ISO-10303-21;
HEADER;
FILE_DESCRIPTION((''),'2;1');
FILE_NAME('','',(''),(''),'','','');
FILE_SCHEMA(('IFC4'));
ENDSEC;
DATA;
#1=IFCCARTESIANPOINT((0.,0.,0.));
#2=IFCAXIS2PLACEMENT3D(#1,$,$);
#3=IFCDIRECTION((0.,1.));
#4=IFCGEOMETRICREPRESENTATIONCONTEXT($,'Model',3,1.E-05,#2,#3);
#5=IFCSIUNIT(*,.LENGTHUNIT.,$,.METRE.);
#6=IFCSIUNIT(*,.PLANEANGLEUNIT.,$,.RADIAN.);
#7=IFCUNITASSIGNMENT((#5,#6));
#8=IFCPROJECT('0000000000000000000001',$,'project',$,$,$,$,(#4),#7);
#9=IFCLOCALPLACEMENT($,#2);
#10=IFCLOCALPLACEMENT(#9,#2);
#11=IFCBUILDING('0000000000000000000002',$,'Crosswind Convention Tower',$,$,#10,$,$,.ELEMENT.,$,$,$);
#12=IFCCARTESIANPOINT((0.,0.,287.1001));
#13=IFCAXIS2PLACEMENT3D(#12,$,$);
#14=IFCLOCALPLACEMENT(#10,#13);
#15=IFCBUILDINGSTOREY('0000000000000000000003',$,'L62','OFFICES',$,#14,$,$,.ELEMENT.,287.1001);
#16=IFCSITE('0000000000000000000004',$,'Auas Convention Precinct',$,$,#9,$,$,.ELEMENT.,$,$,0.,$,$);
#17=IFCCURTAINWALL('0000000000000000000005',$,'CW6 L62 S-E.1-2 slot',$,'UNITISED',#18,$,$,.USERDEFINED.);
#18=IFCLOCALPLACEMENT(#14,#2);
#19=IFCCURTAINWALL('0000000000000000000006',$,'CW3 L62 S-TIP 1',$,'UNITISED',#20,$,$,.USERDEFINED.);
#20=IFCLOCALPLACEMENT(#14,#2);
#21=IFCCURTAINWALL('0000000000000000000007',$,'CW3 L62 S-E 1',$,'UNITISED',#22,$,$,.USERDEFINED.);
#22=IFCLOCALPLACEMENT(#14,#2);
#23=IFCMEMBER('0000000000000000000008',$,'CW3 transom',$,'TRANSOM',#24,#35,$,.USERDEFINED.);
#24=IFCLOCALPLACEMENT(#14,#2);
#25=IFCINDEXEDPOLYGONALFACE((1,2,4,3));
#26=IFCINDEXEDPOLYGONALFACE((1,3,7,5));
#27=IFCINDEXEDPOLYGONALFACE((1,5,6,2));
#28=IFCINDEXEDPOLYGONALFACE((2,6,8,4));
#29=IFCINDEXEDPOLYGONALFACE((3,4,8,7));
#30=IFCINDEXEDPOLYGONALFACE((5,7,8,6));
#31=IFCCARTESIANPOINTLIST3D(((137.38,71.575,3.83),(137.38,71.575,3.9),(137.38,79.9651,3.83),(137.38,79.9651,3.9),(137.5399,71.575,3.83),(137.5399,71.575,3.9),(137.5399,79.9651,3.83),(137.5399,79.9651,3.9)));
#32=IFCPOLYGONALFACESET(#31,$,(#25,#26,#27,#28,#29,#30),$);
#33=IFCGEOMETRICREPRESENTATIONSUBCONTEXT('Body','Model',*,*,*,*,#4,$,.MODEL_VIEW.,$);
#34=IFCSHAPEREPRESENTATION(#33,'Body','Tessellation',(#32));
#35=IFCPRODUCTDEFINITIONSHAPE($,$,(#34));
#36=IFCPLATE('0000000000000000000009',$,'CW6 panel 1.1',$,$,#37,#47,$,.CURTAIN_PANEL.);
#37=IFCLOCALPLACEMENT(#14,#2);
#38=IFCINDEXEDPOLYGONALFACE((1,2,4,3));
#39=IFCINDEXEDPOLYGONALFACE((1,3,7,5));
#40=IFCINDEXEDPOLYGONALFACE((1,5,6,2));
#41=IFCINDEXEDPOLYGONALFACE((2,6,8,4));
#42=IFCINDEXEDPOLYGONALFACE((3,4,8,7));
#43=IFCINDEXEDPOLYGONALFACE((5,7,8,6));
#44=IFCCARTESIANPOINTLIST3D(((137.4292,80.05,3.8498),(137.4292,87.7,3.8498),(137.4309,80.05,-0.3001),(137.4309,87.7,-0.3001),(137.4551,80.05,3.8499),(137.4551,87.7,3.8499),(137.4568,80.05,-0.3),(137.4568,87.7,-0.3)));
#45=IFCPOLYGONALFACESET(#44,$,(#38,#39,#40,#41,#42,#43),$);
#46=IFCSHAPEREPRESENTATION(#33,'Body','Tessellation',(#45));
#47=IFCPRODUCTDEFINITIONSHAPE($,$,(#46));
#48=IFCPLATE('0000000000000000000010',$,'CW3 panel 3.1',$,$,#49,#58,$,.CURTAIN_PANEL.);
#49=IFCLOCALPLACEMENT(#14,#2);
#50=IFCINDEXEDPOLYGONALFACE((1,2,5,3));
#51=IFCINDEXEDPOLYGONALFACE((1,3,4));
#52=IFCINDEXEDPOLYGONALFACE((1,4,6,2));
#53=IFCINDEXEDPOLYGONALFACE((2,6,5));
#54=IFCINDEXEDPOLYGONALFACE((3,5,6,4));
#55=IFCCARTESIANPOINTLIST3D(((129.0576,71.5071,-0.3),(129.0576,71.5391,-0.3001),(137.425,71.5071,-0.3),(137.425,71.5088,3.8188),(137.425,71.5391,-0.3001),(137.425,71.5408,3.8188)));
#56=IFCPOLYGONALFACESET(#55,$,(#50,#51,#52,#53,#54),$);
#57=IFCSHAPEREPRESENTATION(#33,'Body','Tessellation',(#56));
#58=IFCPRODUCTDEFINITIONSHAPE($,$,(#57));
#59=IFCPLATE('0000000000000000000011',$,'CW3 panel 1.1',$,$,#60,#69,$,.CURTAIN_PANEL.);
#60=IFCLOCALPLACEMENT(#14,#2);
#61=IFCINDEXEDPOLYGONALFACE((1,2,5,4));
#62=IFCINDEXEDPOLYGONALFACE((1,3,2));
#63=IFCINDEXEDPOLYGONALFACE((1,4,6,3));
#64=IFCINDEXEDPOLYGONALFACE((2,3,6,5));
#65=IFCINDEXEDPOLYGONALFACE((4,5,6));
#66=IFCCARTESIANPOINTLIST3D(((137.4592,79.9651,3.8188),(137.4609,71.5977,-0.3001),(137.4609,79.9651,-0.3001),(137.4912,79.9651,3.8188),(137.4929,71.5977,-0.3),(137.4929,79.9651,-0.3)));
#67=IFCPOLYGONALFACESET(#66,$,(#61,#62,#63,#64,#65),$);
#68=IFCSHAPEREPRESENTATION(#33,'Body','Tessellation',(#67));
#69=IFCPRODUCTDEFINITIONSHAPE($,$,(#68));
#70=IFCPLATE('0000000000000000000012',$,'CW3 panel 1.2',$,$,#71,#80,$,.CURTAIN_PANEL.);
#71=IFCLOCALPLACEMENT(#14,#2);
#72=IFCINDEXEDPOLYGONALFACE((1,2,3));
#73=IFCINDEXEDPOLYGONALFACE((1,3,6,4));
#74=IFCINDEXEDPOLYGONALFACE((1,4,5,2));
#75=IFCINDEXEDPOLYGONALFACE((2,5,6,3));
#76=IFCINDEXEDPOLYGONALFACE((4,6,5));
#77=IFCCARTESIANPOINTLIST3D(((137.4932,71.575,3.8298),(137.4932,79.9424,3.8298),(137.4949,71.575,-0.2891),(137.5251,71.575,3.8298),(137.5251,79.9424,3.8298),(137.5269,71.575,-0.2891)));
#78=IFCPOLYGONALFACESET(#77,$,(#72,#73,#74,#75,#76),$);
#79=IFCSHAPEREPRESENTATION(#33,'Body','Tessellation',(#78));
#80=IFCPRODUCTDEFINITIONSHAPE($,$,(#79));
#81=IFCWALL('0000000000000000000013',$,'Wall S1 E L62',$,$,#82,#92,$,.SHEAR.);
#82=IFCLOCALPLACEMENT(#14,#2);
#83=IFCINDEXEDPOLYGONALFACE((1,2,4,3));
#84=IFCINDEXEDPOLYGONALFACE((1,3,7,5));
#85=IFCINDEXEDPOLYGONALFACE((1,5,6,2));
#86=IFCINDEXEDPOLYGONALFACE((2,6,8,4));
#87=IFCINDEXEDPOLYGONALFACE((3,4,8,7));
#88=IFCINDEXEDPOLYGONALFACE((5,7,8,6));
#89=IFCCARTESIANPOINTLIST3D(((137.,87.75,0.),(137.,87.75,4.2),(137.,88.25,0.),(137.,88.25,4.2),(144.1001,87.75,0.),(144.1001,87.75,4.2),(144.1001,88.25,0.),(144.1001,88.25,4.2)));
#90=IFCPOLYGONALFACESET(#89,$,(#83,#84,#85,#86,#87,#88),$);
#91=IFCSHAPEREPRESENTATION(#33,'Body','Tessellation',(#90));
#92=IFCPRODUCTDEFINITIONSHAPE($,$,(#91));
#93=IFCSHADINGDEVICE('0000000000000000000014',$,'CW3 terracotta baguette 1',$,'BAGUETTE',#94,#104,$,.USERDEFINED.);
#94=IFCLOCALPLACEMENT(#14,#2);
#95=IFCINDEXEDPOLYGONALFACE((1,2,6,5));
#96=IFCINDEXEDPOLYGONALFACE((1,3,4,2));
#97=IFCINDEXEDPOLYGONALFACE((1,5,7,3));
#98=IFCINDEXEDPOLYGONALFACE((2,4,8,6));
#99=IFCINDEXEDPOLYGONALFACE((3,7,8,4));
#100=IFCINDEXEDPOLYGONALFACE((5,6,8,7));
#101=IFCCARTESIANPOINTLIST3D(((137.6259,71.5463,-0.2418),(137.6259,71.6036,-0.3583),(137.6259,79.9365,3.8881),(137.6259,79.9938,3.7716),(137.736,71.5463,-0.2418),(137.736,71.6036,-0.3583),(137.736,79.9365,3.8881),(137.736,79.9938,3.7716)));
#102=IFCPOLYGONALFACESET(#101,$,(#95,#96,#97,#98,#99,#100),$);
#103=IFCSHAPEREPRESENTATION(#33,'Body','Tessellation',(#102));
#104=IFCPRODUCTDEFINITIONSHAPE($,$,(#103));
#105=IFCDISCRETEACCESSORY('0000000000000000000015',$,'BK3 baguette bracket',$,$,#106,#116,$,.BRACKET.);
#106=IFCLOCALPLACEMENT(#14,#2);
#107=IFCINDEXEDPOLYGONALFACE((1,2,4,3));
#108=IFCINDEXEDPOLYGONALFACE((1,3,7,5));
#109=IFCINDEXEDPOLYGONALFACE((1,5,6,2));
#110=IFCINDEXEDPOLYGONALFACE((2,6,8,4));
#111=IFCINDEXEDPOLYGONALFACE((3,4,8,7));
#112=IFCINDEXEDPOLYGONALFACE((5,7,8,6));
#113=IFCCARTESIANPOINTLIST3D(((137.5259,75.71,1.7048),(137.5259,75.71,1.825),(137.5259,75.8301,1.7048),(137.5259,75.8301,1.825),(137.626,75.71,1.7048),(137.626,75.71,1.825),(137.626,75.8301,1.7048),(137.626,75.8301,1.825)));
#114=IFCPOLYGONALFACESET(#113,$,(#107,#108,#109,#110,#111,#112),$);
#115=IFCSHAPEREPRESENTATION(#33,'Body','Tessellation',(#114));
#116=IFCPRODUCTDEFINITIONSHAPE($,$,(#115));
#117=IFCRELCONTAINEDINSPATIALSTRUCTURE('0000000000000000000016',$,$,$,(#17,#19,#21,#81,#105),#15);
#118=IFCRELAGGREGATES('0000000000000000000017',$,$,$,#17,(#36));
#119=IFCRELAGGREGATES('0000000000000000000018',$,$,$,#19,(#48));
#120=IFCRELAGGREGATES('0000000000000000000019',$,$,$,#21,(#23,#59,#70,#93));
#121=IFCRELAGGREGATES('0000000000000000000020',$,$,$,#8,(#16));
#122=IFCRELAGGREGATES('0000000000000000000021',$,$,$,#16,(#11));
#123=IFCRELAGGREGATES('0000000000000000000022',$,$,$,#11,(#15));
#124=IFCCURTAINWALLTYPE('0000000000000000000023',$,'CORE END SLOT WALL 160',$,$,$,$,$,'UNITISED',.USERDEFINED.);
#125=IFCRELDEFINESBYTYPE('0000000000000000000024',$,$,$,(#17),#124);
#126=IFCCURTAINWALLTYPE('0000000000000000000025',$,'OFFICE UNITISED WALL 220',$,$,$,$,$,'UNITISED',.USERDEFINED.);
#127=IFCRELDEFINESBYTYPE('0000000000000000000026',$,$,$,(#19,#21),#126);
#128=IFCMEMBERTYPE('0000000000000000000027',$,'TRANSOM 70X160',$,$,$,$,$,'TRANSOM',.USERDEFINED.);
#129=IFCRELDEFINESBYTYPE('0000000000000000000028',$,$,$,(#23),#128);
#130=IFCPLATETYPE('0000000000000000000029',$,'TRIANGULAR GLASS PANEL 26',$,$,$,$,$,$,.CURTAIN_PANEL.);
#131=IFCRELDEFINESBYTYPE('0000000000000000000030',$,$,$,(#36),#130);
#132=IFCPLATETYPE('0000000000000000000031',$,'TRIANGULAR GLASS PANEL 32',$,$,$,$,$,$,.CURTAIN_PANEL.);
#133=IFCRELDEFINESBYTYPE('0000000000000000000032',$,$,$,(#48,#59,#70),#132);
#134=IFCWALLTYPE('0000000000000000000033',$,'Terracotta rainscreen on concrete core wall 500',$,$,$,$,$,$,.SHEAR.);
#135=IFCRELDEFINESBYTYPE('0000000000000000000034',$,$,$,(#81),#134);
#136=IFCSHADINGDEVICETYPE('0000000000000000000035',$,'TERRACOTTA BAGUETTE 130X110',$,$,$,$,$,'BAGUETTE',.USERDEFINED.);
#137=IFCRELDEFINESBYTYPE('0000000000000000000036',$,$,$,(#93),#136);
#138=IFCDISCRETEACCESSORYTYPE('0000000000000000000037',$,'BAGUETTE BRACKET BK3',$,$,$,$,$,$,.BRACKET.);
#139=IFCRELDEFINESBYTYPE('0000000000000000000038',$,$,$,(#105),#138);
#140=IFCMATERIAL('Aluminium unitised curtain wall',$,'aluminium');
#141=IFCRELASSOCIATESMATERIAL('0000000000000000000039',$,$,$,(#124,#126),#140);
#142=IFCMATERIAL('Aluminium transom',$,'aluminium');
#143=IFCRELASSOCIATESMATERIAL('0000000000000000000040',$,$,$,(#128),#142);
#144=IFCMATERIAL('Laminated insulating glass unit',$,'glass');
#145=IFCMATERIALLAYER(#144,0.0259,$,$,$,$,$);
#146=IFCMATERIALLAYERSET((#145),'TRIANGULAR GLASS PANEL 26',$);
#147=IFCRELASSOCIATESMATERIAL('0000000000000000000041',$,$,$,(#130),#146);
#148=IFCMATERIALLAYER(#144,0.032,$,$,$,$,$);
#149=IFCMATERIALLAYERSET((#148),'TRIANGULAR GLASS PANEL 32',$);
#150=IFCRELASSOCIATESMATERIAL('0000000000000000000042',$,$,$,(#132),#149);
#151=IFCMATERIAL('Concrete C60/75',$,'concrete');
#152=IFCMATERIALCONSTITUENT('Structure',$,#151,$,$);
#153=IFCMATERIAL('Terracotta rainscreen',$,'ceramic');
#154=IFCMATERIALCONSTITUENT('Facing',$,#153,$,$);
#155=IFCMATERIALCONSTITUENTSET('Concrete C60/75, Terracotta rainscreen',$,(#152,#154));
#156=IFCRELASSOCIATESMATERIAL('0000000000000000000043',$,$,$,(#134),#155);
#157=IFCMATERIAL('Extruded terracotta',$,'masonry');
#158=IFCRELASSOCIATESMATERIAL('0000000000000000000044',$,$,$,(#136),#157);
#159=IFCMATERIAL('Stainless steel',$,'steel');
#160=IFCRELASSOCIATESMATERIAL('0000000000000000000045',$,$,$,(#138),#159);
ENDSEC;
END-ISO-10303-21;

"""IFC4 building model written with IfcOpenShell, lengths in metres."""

from ifc_helpers import new_model, si_unit, direction, frame, frame_2d, origin, origin_2d, place, context, subcontext, project, spatial, polyline, rectangle, outline, extrude, material, layer, layer_set, constituent, constituent_set, material_profile, profile_set, type_object, element, aggregate, save


model = new_model("IFC4")

# Units and contexts
model_context = context("Model", 3, precision=1e-05, world=origin(), true_north=direction((0.0, 1.0)))
body_context = subcontext(model_context, "Body", "Model", "MODEL_VIEW")
ifc_project = project(units=[si_unit("LENGTHUNIT", "METRE"), si_unit("PLANEANGLEUNIT", "RADIAN")], contexts=[model_context])

# Site, building, storey
site_placement = place(None, origin())
site = spatial("IfcSite", under=ifc_project, at=site_placement, Name="Auas Convention Precinct", CompositionType="ELEMENT", RefElevation=0.0)
building_placement = place(site_placement, origin())
building = spatial("IfcBuilding", under=site, at=building_placement, Name="Crosswind Convention Tower", CompositionType="ELEMENT")
storey_placement = place(building_placement, frame((0.0, 0.0, 287.1001)))
storey = spatial("IfcBuildingStorey", under=building, at=storey_placement, Name="L62", Description="OFFICES", CompositionType="ELEMENT", Elevation=287.1001)

# Shared definitions
ifc_material_1 = material(Name="Concrete C60/75", Category="concrete")

# Curtain wall
ifc_material_2 = material(Name="Aluminium unitised curtain wall", Category="aluminium")
curtain_wall_type_1 = type_object("IfcCurtainWallType", Name="CORE END SLOT WALL 160", ElementType="UNITISED", PredefinedType="USERDEFINED", material=ifc_material_2)
curtain_wall_1_placement = place(storey_placement, origin())
curtain_wall_1 = element("IfcCurtainWall", 1, at=curtain_wall_1_placement, inside=storey, type_object=curtain_wall_type_1, Name="CW6 L62 S-E.1-2 slot", ObjectType="UNITISED", PredefinedType="USERDEFINED")

# Curtain walls
curtain_wall_type_2 = type_object("IfcCurtainWallType", Name="OFFICE UNITISED WALL 220", ElementType="UNITISED", PredefinedType="USERDEFINED", material=ifc_material_2)
curtain_wall_2_placement = place(storey_placement, origin())
curtain_wall_2 = element("IfcCurtainWall", 2, at=curtain_wall_2_placement, inside=storey, type_object=curtain_wall_type_2, Name="CW3 L62 S-TIP 1", ObjectType="UNITISED", PredefinedType="USERDEFINED")
curtain_wall_3_placement = place(storey_placement, origin())
curtain_wall_3 = element("IfcCurtainWall", 3, at=curtain_wall_3_placement, inside=storey, type_object=curtain_wall_type_2, Name="CW3 L62 S-E 1", ObjectType="UNITISED", PredefinedType="USERDEFINED")

# Member
ifc_material_3 = material(Name="Aluminium transom", Category="aluminium")
ifc_material_profile_1 = material_profile(ifc_material_3, rectangle(XDim=0.1599, YDim=0.0701, at=origin_2d()), Name="AL 160X70")
ifc_profile_set_1 = profile_set([ifc_material_profile_1], Name="Aluminium transom")
member_type_1 = type_object("IfcMemberType", Name="TRANSOM 70X160", ElementType="TRANSOM", PredefinedType="USERDEFINED", material=ifc_profile_set_1)
member_1_placement = place(storey_placement, frame((137.46, 71.575, 3.865), z_axis=(0.0, 1.0, 0.0), x_axis=(-1.0, 0.0, 0.0)))
member_1 = element("IfcMember", 4, at=member_1_placement, type_object=member_type_1, Name="CW3 transom", ObjectType="TRANSOM", PredefinedType="USERDEFINED", context=body_context, shape_type="SweptSolid", body=[
    extrude(rectangle(XDim=0.1599, YDim=0.0701, at=origin_2d()), origin(), (0.0, 0.0, 1.0), 8.3901),
])

# Plates
ifc_material_4 = material(Name="Laminated insulating glass unit", Category="glass")
ifc_layer_1 = layer(ifc_material_4, 0.0259)
ifc_layer_set_1 = layer_set([ifc_layer_1], Name="TRIANGULAR GLASS PANEL 26")
plate_type_1 = type_object("IfcPlateType", Name="TRIANGULAR GLASS PANEL 26", PredefinedType="CURTAIN_PANEL", material=ifc_layer_set_1)
plate_1_placement = place(storey_placement, frame((137.4568, 80.05, -0.3), z_axis=(1.0, 0.0, 0.000412), x_axis=(0.0, 1.0, 0.0)))
plate_1 = element("IfcPlate", 5, at=plate_1_placement, type_object=plate_type_1, Name="CW6 panel 1.1", PredefinedType="CURTAIN_PANEL", context=body_context, shape_type="SweptSolid", body=[
    extrude(outline(polyline([(0.0, 0.0), (7.6499, 0.0), (7.6499, 4.1499), (0.0, 4.1499), (0.0, 0.0)])), origin(), (0.0, 0.0, -1.0), 0.0259),
])
aggregate(curtain_wall_1, [plate_1])
ifc_layer_2 = layer(ifc_material_4, 0.032)
ifc_layer_set_2 = layer_set([ifc_layer_2], Name="TRIANGULAR GLASS PANEL 32")
plate_type_2 = type_object("IfcPlateType", Name="TRIANGULAR GLASS PANEL 32", PredefinedType="CURTAIN_PANEL", material=ifc_layer_set_2)
plate_2_placement = place(storey_placement, frame((137.425, 71.5071, -0.3), z_axis=(0.0, -1.0, 0.000415), x_axis=(0.0, 0.000415, 1.0)))
plate_2 = element("IfcPlate", 6, at=plate_2_placement, type_object=plate_type_2, Name="CW3 panel 3.1", PredefinedType="CURTAIN_PANEL", context=body_context, shape_type="SweptSolid", body=[
    extrude(outline(polyline([(0.0, 0.0), (4.1189, 0.0), (0.0, 8.3674), (0.0, 0.0)])), origin(), (0.0, 0.0, -1.0), 0.032),
])
aggregate(curtain_wall_2, [plate_2])
plate_3_placement = place(storey_placement, frame((137.4929, 79.9651, -0.3), z_axis=(1.0, 0.0, 0.000415), x_axis=(-0.000415, 0.0, 1.0)))
plate_3 = element("IfcPlate", 7, at=plate_3_placement, type_object=plate_type_2, Name="CW3 panel 1.1", PredefinedType="CURTAIN_PANEL", context=body_context, shape_type="SweptSolid", body=[
    extrude(outline(polyline([(0.0, 0.0), (4.1189, 0.0), (0.0, 8.3674), (0.0, 0.0)])), origin(), (0.0, 0.0, -1.0), 0.032),
])
plate_4_placement = place(storey_placement, frame((137.5251, 71.575, 3.8298), z_axis=(1.0, 0.0, 0.000415), x_axis=(0.000415, 0.0, -1.0)))
plate_4 = element("IfcPlate", 8, at=plate_4_placement, type_object=plate_type_2, Name="CW3 panel 1.2", PredefinedType="CURTAIN_PANEL", context=body_context, shape_type="SweptSolid", body=[
    extrude(outline(polyline([(0.0, 0.0), (4.1189, 0.0), (0.0, 8.3674), (0.0, 0.0)])), origin(), (0.0, 0.0, -1.0), 0.032),
])

# Wall
ifc_constituent_1 = constituent(ifc_material_1, Name="Structure")
ifc_material_5 = material(Name="Terracotta rainscreen", Category="ceramic")
ifc_constituent_2 = constituent(ifc_material_5, Name="Facing")
ifc_constituent_set = constituent_set(constituents=[ifc_constituent_1, ifc_constituent_2], Name="Concrete C60/75, Terracotta rainscreen")
wall_type = type_object("IfcWallType", Name="Terracotta rainscreen on concrete core wall 500", PredefinedType="SHEAR", material=ifc_constituent_set)
wall_placement = place(storey_placement, frame((137.0, 88.0, 0.0), z_axis=(0.0, 0.0, 1.0), x_axis=(1.0, 0.0, 0.0)))
element("IfcWall", 9, at=wall_placement, inside=storey, type_object=wall_type, Name="Wall S1 E L62", PredefinedType="SHEAR", context=body_context, shape_type="SweptSolid", body=[
    extrude(rectangle(XDim=7.1001, YDim=0.5, at=frame_2d((3.55, 0.0))), origin(), (0.0, 0.0, 1.0), 4.2),
])

# Shading device
ifc_material_6 = material(Name="Extruded terracotta", Category="masonry")
ifc_material_profile_2 = material_profile(ifc_material_6, rectangle(XDim=0.1101, YDim=0.1299, at=origin_2d()), Name="TC 110X130")
ifc_profile_set_2 = profile_set([ifc_material_profile_2], Name="Extruded terracotta")
shading_device_type = type_object("IfcShadingDeviceType", Name="TERRACOTTA BAGUETTE 130X110", ElementType="BAGUETTE", PredefinedType="USERDEFINED", material=ifc_profile_set_2)
shading_device_placement = place(storey_placement, frame((137.6809, 71.575, -0.3), z_axis=(0.0, 0.897198, 0.441628), x_axis=(-1.0, 0.0, 0.0)))
shading_device = element("IfcShadingDevice", 10, at=shading_device_placement, type_object=shading_device_type, Name="CW3 terracotta baguette 1", ObjectType="BAGUETTE", PredefinedType="USERDEFINED", context=body_context, shape_type="SweptSolid", body=[
    extrude(rectangle(XDim=0.1101, YDim=0.1299, at=origin_2d()), origin(), (0.0, 0.0, 1.0), 9.3516),
])
aggregate(curtain_wall_3, [member_1, plate_3, plate_4, shading_device])

# Discrete accessory
ifc_material_7 = material(Name="Stainless steel", Category="steel")
discrete_accessory_type = type_object("IfcDiscreteAccessoryType", Name="BAGUETTE BRACKET BK3", PredefinedType="BRACKET", material=ifc_material_7)
discrete_accessory_placement = place(storey_placement, frame((137.5759, 75.77, 1.7048), z_axis=(0.0, 0.0, 1.0), x_axis=(0.0, 1.0, 0.0)))
element("IfcDiscreteAccessory", 11, at=discrete_accessory_placement, inside=storey, type_object=discrete_accessory_type, Name="BK3 baguette bracket", PredefinedType="BRACKET", context=body_context, shape_type="SweptSolid", body=[
    extrude(rectangle(XDim=0.1201, YDim=0.1001, at=origin_2d()), origin(), (0.0, 0.0, 1.0), 0.1201),
])

save(model, "model.ifc")
